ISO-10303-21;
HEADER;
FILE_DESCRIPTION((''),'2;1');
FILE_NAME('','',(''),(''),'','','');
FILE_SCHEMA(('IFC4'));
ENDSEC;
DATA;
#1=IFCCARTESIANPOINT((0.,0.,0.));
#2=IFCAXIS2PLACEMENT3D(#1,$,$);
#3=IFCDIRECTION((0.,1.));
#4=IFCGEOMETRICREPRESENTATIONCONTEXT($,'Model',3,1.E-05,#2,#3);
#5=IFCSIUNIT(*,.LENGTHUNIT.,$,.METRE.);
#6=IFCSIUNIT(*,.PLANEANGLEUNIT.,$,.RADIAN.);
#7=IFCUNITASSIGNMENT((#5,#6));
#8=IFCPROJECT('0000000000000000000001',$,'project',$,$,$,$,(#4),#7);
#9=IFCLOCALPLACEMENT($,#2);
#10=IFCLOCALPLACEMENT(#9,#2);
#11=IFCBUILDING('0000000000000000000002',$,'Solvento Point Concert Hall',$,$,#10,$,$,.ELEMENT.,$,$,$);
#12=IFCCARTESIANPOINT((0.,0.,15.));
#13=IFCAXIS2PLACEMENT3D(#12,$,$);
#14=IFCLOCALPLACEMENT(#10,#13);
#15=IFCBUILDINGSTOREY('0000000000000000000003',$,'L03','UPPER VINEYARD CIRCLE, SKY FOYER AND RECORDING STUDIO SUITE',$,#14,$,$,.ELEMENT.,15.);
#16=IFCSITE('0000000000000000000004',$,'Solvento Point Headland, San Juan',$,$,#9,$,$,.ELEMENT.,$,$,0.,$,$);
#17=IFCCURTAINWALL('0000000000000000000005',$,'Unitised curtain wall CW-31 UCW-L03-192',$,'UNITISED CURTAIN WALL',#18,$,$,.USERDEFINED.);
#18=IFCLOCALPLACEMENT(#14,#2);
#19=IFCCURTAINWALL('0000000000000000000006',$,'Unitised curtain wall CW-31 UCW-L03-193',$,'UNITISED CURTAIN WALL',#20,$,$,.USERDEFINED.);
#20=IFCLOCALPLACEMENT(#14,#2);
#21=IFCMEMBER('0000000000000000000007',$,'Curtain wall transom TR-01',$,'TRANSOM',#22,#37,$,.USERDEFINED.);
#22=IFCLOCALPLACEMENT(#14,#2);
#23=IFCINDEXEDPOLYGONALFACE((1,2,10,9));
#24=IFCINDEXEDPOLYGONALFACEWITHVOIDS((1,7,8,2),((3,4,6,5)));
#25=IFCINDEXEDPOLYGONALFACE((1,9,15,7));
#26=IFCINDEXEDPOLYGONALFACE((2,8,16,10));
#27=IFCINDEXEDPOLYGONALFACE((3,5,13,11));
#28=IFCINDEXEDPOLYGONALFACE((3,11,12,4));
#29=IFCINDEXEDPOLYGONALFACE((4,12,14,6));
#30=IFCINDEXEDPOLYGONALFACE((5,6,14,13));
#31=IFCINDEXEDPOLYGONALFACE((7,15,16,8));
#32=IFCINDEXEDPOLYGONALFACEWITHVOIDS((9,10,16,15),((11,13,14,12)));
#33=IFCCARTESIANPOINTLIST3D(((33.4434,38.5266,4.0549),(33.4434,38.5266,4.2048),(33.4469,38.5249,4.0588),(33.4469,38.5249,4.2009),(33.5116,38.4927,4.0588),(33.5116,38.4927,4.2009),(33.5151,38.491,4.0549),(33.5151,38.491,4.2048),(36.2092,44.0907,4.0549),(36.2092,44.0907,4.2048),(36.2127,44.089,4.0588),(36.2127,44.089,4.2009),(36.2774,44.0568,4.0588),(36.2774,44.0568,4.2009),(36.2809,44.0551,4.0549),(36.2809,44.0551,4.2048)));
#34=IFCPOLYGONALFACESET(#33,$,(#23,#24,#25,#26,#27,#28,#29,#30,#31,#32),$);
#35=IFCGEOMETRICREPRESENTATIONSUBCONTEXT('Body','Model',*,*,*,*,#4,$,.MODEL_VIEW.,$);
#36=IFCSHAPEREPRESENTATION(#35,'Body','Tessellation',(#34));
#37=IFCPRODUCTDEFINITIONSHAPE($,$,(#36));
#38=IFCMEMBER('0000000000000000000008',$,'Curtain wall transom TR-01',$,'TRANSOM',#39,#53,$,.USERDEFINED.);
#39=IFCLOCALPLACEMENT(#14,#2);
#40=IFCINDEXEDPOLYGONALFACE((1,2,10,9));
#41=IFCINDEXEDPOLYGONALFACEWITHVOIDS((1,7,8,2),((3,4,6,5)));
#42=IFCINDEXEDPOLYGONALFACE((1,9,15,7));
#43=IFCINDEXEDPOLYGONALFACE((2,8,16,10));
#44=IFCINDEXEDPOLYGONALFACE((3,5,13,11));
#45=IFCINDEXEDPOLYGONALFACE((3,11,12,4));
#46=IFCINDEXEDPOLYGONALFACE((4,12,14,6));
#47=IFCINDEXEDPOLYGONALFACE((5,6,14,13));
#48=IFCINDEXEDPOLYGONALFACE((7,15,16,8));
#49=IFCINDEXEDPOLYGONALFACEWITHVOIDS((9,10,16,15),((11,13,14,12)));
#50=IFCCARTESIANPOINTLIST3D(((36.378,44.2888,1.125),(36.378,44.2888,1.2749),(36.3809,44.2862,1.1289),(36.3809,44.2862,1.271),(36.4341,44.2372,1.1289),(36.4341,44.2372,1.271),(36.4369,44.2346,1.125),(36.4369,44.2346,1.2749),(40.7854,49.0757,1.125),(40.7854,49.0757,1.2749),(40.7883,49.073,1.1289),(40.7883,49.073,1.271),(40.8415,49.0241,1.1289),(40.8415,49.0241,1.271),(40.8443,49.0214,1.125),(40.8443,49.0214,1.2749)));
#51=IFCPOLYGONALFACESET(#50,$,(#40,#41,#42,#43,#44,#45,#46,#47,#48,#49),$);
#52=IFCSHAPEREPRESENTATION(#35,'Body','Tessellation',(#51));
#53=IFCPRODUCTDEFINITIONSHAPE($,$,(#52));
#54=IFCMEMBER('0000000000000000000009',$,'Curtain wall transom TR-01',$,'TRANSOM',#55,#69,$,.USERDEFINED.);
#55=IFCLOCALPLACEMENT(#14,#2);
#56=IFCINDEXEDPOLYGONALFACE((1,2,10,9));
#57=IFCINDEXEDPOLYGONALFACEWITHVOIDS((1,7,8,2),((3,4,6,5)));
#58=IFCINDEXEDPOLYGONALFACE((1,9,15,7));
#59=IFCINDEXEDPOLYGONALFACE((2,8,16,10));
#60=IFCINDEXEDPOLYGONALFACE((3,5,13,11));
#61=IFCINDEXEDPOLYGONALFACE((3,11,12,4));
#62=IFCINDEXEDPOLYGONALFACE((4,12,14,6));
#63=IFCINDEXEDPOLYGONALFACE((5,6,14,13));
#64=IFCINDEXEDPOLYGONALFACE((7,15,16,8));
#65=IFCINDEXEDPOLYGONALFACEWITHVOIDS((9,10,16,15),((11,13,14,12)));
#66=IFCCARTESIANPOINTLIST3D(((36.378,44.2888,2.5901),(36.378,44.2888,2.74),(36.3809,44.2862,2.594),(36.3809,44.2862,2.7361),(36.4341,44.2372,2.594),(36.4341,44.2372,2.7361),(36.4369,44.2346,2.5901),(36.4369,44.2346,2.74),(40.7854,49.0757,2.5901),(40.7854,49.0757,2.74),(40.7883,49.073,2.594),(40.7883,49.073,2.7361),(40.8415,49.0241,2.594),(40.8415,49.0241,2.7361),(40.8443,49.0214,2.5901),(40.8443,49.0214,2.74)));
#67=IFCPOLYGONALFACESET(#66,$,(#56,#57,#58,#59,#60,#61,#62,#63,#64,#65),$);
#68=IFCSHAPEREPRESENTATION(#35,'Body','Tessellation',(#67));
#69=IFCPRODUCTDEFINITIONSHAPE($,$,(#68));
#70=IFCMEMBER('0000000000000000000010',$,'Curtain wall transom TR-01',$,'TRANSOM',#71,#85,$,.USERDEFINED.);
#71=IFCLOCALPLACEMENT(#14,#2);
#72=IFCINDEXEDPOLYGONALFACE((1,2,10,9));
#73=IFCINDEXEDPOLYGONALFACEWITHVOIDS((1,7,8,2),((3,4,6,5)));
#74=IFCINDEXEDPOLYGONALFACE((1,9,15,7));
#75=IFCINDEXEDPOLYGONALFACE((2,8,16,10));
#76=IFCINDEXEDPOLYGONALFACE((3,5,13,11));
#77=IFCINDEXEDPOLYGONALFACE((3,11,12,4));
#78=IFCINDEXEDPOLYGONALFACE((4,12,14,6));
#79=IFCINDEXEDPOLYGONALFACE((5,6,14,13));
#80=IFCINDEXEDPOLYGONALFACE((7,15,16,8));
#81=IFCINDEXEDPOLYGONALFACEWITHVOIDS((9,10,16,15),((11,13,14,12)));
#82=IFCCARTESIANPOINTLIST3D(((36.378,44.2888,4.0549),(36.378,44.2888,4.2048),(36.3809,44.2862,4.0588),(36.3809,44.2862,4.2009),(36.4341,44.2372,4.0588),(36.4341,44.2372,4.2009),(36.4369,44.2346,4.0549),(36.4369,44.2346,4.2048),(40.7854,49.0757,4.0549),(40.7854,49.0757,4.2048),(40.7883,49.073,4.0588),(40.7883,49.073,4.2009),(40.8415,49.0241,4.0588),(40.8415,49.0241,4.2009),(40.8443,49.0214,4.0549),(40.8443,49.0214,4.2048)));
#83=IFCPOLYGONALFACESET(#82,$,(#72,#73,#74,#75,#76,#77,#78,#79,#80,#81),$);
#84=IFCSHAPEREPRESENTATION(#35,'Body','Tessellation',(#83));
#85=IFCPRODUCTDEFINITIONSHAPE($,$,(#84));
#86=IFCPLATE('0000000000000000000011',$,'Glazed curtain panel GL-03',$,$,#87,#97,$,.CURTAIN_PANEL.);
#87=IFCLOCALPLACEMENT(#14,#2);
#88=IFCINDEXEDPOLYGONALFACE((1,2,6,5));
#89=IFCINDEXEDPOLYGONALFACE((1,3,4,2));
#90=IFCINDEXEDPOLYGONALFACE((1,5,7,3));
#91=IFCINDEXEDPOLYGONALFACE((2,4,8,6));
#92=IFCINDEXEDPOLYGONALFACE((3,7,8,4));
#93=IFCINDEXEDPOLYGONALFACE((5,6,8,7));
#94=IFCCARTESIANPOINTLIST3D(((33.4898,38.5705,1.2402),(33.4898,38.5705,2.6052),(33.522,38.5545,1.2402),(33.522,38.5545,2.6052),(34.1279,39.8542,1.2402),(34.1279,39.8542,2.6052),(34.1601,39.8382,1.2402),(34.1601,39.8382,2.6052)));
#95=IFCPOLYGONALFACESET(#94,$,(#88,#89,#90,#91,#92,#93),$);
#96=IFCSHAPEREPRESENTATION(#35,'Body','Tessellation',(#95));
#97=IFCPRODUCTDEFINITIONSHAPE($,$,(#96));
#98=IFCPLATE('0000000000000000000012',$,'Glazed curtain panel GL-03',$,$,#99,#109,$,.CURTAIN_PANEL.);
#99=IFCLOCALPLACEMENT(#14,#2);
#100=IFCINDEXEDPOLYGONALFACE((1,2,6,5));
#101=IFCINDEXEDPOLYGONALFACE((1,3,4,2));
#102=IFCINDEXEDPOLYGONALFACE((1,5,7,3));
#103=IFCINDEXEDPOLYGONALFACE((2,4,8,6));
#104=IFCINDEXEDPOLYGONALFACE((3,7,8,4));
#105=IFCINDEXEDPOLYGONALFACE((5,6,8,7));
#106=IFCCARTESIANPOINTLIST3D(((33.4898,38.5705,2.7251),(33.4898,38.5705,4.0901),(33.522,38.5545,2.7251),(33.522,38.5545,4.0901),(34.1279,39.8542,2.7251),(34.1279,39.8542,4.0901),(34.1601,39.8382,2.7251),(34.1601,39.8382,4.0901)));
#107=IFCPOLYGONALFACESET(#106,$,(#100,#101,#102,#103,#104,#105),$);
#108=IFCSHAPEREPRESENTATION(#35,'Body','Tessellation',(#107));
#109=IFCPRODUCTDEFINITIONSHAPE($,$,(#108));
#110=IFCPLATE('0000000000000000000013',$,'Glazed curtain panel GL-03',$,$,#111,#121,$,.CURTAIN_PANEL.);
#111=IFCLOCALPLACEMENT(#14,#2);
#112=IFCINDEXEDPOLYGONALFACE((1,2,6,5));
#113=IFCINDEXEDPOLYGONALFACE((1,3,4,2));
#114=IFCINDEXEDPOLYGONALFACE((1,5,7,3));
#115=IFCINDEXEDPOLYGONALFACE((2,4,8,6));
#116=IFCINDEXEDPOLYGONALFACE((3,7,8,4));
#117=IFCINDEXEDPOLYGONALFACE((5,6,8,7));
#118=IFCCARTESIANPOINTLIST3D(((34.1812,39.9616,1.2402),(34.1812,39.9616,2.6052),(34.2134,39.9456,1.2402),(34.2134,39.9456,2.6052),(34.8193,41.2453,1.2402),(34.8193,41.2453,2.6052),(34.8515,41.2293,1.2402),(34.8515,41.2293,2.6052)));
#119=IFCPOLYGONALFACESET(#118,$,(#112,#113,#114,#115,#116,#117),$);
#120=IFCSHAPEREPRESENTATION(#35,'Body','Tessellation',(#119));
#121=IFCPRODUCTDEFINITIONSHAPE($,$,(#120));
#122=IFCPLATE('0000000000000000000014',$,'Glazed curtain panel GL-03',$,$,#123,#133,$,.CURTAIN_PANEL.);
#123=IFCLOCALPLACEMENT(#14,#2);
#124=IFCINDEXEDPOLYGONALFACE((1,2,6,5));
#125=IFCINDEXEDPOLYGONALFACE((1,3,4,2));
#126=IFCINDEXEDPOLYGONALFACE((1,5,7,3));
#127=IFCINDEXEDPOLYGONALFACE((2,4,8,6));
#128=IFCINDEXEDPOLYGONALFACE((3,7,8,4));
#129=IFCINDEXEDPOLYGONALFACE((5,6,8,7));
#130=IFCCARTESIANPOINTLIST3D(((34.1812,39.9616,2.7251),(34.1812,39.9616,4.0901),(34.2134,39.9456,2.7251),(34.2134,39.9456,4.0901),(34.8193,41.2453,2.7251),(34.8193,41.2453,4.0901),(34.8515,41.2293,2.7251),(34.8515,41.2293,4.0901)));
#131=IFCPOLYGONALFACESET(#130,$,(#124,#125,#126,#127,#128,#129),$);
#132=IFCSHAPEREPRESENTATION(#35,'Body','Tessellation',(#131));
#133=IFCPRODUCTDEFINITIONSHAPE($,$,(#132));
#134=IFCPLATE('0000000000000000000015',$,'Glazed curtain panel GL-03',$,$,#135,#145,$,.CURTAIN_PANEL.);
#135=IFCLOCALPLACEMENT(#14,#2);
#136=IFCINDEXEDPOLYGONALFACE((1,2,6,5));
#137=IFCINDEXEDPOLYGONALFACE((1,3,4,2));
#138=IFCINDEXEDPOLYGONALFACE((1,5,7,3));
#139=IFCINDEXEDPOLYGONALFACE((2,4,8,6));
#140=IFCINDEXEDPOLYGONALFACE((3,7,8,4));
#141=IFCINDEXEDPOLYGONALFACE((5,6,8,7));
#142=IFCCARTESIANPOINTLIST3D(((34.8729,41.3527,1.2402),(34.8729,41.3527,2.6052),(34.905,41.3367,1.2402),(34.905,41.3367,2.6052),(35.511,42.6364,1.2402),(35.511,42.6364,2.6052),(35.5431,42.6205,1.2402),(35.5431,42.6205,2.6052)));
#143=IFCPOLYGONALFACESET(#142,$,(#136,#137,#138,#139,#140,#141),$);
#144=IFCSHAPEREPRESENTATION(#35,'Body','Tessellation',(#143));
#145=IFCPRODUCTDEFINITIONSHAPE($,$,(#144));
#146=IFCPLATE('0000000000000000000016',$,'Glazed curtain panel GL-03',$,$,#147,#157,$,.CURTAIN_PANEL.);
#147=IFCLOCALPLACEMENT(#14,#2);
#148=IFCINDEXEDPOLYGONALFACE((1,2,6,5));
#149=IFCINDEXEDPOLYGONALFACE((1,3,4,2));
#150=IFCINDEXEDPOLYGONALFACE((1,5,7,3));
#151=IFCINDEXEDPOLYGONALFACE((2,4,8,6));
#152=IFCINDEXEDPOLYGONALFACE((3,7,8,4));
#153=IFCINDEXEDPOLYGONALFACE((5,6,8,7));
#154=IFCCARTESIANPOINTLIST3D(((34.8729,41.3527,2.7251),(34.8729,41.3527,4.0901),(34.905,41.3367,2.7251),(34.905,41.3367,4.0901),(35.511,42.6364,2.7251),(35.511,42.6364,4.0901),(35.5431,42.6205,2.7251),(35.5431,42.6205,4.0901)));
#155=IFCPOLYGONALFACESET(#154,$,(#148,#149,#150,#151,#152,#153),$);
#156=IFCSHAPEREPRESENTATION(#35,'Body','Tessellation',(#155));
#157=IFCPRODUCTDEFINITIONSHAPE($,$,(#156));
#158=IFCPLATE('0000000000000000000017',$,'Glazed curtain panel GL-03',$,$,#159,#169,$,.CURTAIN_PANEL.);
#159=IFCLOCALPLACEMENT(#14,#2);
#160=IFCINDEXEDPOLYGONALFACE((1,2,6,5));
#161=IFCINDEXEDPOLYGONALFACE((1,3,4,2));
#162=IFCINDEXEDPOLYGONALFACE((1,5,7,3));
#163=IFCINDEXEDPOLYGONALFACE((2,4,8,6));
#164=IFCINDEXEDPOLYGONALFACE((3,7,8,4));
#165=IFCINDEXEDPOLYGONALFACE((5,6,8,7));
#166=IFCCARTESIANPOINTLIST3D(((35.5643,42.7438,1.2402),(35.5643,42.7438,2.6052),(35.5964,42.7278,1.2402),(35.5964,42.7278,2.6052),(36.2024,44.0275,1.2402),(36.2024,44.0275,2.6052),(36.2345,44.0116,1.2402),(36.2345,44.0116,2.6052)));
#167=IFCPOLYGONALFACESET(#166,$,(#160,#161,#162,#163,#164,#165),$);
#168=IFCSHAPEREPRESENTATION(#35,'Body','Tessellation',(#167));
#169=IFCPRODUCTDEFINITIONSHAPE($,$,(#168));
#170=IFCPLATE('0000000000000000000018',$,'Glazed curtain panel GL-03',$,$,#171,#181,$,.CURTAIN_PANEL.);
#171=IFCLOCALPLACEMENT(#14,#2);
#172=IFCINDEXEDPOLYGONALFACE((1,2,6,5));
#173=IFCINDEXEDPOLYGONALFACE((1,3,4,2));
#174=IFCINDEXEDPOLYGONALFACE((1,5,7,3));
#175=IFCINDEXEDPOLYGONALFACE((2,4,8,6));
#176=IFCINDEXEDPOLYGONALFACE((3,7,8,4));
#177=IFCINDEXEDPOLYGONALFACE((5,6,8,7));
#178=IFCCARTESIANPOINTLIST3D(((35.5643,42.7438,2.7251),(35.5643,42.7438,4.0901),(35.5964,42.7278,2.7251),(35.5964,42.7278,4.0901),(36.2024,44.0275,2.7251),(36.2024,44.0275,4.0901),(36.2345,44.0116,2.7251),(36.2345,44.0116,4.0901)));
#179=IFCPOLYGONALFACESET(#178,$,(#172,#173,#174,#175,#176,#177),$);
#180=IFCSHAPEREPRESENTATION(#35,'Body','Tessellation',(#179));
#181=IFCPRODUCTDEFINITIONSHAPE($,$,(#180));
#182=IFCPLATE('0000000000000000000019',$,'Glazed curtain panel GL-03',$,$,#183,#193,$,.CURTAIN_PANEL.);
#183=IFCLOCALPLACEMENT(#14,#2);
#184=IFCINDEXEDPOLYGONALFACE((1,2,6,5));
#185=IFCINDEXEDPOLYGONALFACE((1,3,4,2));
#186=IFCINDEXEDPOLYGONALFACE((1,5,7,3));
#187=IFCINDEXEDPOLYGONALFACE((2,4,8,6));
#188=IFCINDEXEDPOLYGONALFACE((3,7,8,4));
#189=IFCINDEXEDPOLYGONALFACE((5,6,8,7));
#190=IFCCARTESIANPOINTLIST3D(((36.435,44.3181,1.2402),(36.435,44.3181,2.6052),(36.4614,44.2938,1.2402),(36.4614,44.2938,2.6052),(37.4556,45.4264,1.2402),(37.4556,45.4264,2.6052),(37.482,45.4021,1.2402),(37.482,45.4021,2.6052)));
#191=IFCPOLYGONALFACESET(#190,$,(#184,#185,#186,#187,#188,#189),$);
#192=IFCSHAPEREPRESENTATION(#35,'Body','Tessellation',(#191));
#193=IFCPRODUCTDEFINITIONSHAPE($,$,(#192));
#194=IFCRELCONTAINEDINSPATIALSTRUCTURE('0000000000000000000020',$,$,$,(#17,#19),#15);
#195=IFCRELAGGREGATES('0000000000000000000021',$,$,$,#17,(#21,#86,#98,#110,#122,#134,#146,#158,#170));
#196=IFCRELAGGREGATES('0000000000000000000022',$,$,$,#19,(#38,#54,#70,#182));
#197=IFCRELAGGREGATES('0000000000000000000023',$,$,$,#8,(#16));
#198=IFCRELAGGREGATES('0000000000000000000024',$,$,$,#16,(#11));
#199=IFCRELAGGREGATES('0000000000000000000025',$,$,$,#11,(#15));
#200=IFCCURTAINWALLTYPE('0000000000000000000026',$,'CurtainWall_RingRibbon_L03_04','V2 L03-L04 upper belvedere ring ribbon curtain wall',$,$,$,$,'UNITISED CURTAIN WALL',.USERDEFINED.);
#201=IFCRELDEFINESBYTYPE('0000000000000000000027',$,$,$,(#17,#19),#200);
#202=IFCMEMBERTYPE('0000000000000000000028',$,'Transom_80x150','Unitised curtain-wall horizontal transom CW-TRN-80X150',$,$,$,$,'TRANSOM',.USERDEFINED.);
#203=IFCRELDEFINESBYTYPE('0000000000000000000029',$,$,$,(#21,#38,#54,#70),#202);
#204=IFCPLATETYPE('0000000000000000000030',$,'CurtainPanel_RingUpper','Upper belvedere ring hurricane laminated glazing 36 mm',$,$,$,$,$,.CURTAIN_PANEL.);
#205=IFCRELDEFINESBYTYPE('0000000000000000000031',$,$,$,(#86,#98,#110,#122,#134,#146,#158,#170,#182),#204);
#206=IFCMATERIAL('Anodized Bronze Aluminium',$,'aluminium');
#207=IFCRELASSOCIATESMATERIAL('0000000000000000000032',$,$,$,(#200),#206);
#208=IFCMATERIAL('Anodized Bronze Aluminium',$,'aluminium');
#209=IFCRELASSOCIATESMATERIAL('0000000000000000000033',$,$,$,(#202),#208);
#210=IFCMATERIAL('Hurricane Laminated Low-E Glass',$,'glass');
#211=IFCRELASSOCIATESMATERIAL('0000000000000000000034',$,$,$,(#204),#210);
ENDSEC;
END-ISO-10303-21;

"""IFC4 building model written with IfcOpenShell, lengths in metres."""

from ifc_helpers import new_model, si_unit, direction, frame, origin, origin_2d, place, context, subcontext, project, spatial, rectangle, hollow_rectangle, extrude, material, material_profile, profile_set, type_object, element, aggregate, save


model = new_model("IFC4")

# Units and contexts
model_context = context("Model", 3, precision=1e-05, world=origin(), true_north=direction((0.0, 1.0)))
body_context = subcontext(model_context, "Body", "Model", "MODEL_VIEW")
ifc_project = project(units=[si_unit("LENGTHUNIT", "METRE"), si_unit("PLANEANGLEUNIT", "RADIAN")], contexts=[model_context])

# Site, building, storey
site_placement = place(None, origin())
site = spatial("IfcSite", under=ifc_project, at=site_placement, Name="Solvento Point Headland, San Juan", CompositionType="ELEMENT", RefElevation=0.0)
building_placement = place(site_placement, origin())
building = spatial("IfcBuilding", under=site, at=building_placement, Name="Solvento Point Concert Hall", CompositionType="ELEMENT")
storey_placement = place(building_placement, frame((0.0, 0.0, 15.0)))
storey = spatial("IfcBuildingStorey", under=building, at=storey_placement, Name="L03", Description="UPPER VINEYARD CIRCLE, SKY FOYER AND RECORDING STUDIO SUITE", CompositionType="ELEMENT", Elevation=15.0)

# Curtain walls
ifc_material_1 = material(Name="Anodized Bronze Aluminium", Category="aluminium")
curtain_wall_type = type_object("IfcCurtainWallType", Name="CurtainWall_RingRibbon_L03_04", Description="V2 L03-L04 upper belvedere ring ribbon curtain wall", ElementType="UNITISED CURTAIN WALL", PredefinedType="USERDEFINED", material=ifc_material_1)
curtain_wall_1_placement = place(storey_placement, origin())
curtain_wall_1 = element("IfcCurtainWall", 1, at=curtain_wall_1_placement, inside=storey, type_object=curtain_wall_type, Name="Unitised curtain wall CW-31 UCW-L03-192", ObjectType="UNITISED CURTAIN WALL", PredefinedType="USERDEFINED")
curtain_wall_2_placement = place(storey_placement, origin())
curtain_wall_2 = element("IfcCurtainWall", 2, at=curtain_wall_2_placement, inside=storey, type_object=curtain_wall_type, Name="Unitised curtain wall CW-31 UCW-L03-193", ObjectType="UNITISED CURTAIN WALL", PredefinedType="USERDEFINED")

# Members
ifc_material_2 = material(Name="Anodized Bronze Aluminium", Category="aluminium")
ifc_material_profile_1 = material_profile(ifc_material_2, hollow_rectangle(XDim=0.0801, YDim=0.1499, WallThickness=0.0039, at=origin_2d()), Name="CW-TRN-80X150")
ifc_profile_set_1 = profile_set([ifc_material_profile_1], Name="Anodized Bronze Aluminium")
member_type_1 = type_object("IfcMemberType", Name="Transom_80x150", Description="Unitised curtain-wall horizontal transom CW-TRN-80X150", ElementType="TRANSOM", PredefinedType="USERDEFINED", material=ifc_profile_set_1)
member_1_placement = place(storey_placement, frame((33.4792, 38.5088, 4.1299), z_axis=(0.445122, 0.89547, 0.0), x_axis=(-0.89547, 0.445122, 0.0)))
member_1 = element("IfcMember", 3, at=member_1_placement, type_object=member_type_1, Name="Curtain wall transom TR-01", ObjectType="TRANSOM", PredefinedType="USERDEFINED", context=body_context, shape_type="SweptSolid", body=[
    extrude(hollow_rectangle(XDim=0.0801, YDim=0.1499, WallThickness=0.0039, at=origin_2d()), origin(), (0.0, 0.0, 1.0), 6.2136),
])
member_2_placement = place(storey_placement, frame((36.4075, 44.2617, 1.2), z_axis=(0.677352, 0.735659, 0.0), x_axis=(-0.735659, 0.677352, 0.0)))
member_2 = element("IfcMember", 4, at=member_2_placement, type_object=member_type_1, Name="Curtain wall transom TR-01", ObjectType="TRANSOM", PredefinedType="USERDEFINED", context=body_context, shape_type="SweptSolid", body=[
    extrude(hollow_rectangle(XDim=0.0801, YDim=0.1499, WallThickness=0.0039, at=origin_2d()), origin(), (0.0, 0.0, 1.0), 6.5068),
])
member_3_placement = place(storey_placement, frame((36.4075, 44.2617, 2.665), z_axis=(0.677352, 0.735659, 0.0), x_axis=(-0.735659, 0.677352, 0.0)))
member_3 = element("IfcMember", 5, at=member_3_placement, type_object=member_type_1, Name="Curtain wall transom TR-01", ObjectType="TRANSOM", PredefinedType="USERDEFINED", context=body_context, shape_type="SweptSolid", body=[
    extrude(hollow_rectangle(XDim=0.0801, YDim=0.1499, WallThickness=0.0039, at=origin_2d()), origin(), (0.0, 0.0, 1.0), 6.5068),
])
member_4_placement = place(storey_placement, frame((36.4075, 44.2617, 4.1299), z_axis=(0.677352, 0.735659, 0.0), x_axis=(-0.735659, 0.677352, 0.0)))
member_4 = element("IfcMember", 6, at=member_4_placement, type_object=member_type_1, Name="Curtain wall transom TR-01", ObjectType="TRANSOM", PredefinedType="USERDEFINED", context=body_context, shape_type="SweptSolid", body=[
    extrude(hollow_rectangle(XDim=0.0801, YDim=0.1499, WallThickness=0.0039, at=origin_2d()), origin(), (0.0, 0.0, 1.0), 6.5068),
])

# Plates
ifc_material_3 = material(Name="Hurricane Laminated Low-E Glass", Category="glass")
plate_type = type_object("IfcPlateType", Name="CurtainPanel_RingUpper", Description="Upper belvedere ring hurricane laminated glazing 36 mm", PredefinedType="CURTAIN_PANEL", material=ifc_material_3)
plate_1_placement = place(storey_placement, frame((33.825, 39.2043, 1.2402), z_axis=(0.0, 0.0, 1.0), x_axis=(0.445115, 0.895473, 0.0)))
plate_1 = element("IfcPlate", 7, at=plate_1_placement, type_object=plate_type, Name="Glazed curtain panel GL-03", PredefinedType="CURTAIN_PANEL", context=body_context, shape_type="SweptSolid", body=[
    extrude(rectangle(XDim=1.4336, YDim=0.0359, at=origin_2d()), origin(), (0.0, 0.0, 1.0), 1.365),
])
plate_2_placement = place(storey_placement, frame((33.825, 39.2043, 2.7251), z_axis=(0.0, 0.0, 1.0), x_axis=(0.445115, 0.895473, 0.0)))
plate_2 = element("IfcPlate", 8, at=plate_2_placement, type_object=plate_type, Name="Glazed curtain panel GL-03", PredefinedType="CURTAIN_PANEL", context=body_context, shape_type="SweptSolid", body=[
    extrude(rectangle(XDim=1.4336, YDim=0.0359, at=origin_2d()), origin(), (0.0, 0.0, 1.0), 1.365),
])
plate_3_placement = place(storey_placement, frame((34.5164, 40.5955, 1.2402), z_axis=(0.0, 0.0, 1.0), x_axis=(0.445115, 0.895473, 0.0)))
plate_3 = element("IfcPlate", 9, at=plate_3_placement, type_object=plate_type, Name="Glazed curtain panel GL-03", PredefinedType="CURTAIN_PANEL", context=body_context, shape_type="SweptSolid", body=[
    extrude(rectangle(XDim=1.4336, YDim=0.0359, at=origin_2d()), origin(), (0.0, 0.0, 1.0), 1.365),
])
plate_4_placement = place(storey_placement, frame((34.5164, 40.5955, 2.7251), z_axis=(0.0, 0.0, 1.0), x_axis=(0.445115, 0.895473, 0.0)))
plate_4 = element("IfcPlate", 10, at=plate_4_placement, type_object=plate_type, Name="Glazed curtain panel GL-03", PredefinedType="CURTAIN_PANEL", context=body_context, shape_type="SweptSolid", body=[
    extrude(rectangle(XDim=1.4336, YDim=0.0359, at=origin_2d()), origin(), (0.0, 0.0, 1.0), 1.365),
])
plate_5_placement = place(storey_placement, frame((35.208, 41.9866, 1.2402), z_axis=(0.0, 0.0, 1.0), x_axis=(0.445115, 0.895473, 0.0)))
plate_5 = element("IfcPlate", 11, at=plate_5_placement, type_object=plate_type, Name="Glazed curtain panel GL-03", PredefinedType="CURTAIN_PANEL", context=body_context, shape_type="SweptSolid", body=[
    extrude(rectangle(XDim=1.4336, YDim=0.0359, at=origin_2d()), origin(), (0.0, 0.0, 1.0), 1.365),
])
plate_6_placement = place(storey_placement, frame((35.208, 41.9866, 2.7251), z_axis=(0.0, 0.0, 1.0), x_axis=(0.445115, 0.895473, 0.0)))
plate_6 = element("IfcPlate", 12, at=plate_6_placement, type_object=plate_type, Name="Glazed curtain panel GL-03", PredefinedType="CURTAIN_PANEL", context=body_context, shape_type="SweptSolid", body=[
    extrude(rectangle(XDim=1.4336, YDim=0.0359, at=origin_2d()), origin(), (0.0, 0.0, 1.0), 1.365),
])
plate_7_placement = place(storey_placement, frame((35.8994, 43.3777, 1.2402), z_axis=(0.0, 0.0, 1.0), x_axis=(0.445115, 0.895473, 0.0)))
plate_7 = element("IfcPlate", 13, at=plate_7_placement, type_object=plate_type, Name="Glazed curtain panel GL-03", PredefinedType="CURTAIN_PANEL", context=body_context, shape_type="SweptSolid", body=[
    extrude(rectangle(XDim=1.4336, YDim=0.0359, at=origin_2d()), origin(), (0.0, 0.0, 1.0), 1.365),
])
plate_8_placement = place(storey_placement, frame((35.8994, 43.3777, 2.7251), z_axis=(0.0, 0.0, 1.0), x_axis=(0.445115, 0.895473, 0.0)))
plate_8 = element("IfcPlate", 14, at=plate_8_placement, type_object=plate_type, Name="Glazed curtain panel GL-03", PredefinedType="CURTAIN_PANEL", context=body_context, shape_type="SweptSolid", body=[
    extrude(rectangle(XDim=1.4336, YDim=0.0359, at=origin_2d()), origin(), (0.0, 0.0, 1.0), 1.365),
])
aggregate(curtain_wall_1, [member_1, plate_1, plate_2, plate_3, plate_4, plate_5, plate_6, plate_7, plate_8])
plate_9_placement = place(storey_placement, frame((36.9585, 44.8601, 1.2402), z_axis=(0.0, 0.0, 1.0), x_axis=(0.677365, 0.735647, 0.0)))
plate_9 = element("IfcPlate", 15, at=plate_9_placement, type_object=plate_type, Name="Glazed curtain panel GL-03", PredefinedType="CURTAIN_PANEL", context=body_context, shape_type="SweptSolid", body=[
    extrude(rectangle(XDim=1.5066, YDim=0.0359, at=origin_2d()), origin(), (0.0, 0.0, 1.0), 1.365),
])
aggregate(curtain_wall_2, [member_2, member_3, member_4, plate_9])

save(model, "model.ifc")
